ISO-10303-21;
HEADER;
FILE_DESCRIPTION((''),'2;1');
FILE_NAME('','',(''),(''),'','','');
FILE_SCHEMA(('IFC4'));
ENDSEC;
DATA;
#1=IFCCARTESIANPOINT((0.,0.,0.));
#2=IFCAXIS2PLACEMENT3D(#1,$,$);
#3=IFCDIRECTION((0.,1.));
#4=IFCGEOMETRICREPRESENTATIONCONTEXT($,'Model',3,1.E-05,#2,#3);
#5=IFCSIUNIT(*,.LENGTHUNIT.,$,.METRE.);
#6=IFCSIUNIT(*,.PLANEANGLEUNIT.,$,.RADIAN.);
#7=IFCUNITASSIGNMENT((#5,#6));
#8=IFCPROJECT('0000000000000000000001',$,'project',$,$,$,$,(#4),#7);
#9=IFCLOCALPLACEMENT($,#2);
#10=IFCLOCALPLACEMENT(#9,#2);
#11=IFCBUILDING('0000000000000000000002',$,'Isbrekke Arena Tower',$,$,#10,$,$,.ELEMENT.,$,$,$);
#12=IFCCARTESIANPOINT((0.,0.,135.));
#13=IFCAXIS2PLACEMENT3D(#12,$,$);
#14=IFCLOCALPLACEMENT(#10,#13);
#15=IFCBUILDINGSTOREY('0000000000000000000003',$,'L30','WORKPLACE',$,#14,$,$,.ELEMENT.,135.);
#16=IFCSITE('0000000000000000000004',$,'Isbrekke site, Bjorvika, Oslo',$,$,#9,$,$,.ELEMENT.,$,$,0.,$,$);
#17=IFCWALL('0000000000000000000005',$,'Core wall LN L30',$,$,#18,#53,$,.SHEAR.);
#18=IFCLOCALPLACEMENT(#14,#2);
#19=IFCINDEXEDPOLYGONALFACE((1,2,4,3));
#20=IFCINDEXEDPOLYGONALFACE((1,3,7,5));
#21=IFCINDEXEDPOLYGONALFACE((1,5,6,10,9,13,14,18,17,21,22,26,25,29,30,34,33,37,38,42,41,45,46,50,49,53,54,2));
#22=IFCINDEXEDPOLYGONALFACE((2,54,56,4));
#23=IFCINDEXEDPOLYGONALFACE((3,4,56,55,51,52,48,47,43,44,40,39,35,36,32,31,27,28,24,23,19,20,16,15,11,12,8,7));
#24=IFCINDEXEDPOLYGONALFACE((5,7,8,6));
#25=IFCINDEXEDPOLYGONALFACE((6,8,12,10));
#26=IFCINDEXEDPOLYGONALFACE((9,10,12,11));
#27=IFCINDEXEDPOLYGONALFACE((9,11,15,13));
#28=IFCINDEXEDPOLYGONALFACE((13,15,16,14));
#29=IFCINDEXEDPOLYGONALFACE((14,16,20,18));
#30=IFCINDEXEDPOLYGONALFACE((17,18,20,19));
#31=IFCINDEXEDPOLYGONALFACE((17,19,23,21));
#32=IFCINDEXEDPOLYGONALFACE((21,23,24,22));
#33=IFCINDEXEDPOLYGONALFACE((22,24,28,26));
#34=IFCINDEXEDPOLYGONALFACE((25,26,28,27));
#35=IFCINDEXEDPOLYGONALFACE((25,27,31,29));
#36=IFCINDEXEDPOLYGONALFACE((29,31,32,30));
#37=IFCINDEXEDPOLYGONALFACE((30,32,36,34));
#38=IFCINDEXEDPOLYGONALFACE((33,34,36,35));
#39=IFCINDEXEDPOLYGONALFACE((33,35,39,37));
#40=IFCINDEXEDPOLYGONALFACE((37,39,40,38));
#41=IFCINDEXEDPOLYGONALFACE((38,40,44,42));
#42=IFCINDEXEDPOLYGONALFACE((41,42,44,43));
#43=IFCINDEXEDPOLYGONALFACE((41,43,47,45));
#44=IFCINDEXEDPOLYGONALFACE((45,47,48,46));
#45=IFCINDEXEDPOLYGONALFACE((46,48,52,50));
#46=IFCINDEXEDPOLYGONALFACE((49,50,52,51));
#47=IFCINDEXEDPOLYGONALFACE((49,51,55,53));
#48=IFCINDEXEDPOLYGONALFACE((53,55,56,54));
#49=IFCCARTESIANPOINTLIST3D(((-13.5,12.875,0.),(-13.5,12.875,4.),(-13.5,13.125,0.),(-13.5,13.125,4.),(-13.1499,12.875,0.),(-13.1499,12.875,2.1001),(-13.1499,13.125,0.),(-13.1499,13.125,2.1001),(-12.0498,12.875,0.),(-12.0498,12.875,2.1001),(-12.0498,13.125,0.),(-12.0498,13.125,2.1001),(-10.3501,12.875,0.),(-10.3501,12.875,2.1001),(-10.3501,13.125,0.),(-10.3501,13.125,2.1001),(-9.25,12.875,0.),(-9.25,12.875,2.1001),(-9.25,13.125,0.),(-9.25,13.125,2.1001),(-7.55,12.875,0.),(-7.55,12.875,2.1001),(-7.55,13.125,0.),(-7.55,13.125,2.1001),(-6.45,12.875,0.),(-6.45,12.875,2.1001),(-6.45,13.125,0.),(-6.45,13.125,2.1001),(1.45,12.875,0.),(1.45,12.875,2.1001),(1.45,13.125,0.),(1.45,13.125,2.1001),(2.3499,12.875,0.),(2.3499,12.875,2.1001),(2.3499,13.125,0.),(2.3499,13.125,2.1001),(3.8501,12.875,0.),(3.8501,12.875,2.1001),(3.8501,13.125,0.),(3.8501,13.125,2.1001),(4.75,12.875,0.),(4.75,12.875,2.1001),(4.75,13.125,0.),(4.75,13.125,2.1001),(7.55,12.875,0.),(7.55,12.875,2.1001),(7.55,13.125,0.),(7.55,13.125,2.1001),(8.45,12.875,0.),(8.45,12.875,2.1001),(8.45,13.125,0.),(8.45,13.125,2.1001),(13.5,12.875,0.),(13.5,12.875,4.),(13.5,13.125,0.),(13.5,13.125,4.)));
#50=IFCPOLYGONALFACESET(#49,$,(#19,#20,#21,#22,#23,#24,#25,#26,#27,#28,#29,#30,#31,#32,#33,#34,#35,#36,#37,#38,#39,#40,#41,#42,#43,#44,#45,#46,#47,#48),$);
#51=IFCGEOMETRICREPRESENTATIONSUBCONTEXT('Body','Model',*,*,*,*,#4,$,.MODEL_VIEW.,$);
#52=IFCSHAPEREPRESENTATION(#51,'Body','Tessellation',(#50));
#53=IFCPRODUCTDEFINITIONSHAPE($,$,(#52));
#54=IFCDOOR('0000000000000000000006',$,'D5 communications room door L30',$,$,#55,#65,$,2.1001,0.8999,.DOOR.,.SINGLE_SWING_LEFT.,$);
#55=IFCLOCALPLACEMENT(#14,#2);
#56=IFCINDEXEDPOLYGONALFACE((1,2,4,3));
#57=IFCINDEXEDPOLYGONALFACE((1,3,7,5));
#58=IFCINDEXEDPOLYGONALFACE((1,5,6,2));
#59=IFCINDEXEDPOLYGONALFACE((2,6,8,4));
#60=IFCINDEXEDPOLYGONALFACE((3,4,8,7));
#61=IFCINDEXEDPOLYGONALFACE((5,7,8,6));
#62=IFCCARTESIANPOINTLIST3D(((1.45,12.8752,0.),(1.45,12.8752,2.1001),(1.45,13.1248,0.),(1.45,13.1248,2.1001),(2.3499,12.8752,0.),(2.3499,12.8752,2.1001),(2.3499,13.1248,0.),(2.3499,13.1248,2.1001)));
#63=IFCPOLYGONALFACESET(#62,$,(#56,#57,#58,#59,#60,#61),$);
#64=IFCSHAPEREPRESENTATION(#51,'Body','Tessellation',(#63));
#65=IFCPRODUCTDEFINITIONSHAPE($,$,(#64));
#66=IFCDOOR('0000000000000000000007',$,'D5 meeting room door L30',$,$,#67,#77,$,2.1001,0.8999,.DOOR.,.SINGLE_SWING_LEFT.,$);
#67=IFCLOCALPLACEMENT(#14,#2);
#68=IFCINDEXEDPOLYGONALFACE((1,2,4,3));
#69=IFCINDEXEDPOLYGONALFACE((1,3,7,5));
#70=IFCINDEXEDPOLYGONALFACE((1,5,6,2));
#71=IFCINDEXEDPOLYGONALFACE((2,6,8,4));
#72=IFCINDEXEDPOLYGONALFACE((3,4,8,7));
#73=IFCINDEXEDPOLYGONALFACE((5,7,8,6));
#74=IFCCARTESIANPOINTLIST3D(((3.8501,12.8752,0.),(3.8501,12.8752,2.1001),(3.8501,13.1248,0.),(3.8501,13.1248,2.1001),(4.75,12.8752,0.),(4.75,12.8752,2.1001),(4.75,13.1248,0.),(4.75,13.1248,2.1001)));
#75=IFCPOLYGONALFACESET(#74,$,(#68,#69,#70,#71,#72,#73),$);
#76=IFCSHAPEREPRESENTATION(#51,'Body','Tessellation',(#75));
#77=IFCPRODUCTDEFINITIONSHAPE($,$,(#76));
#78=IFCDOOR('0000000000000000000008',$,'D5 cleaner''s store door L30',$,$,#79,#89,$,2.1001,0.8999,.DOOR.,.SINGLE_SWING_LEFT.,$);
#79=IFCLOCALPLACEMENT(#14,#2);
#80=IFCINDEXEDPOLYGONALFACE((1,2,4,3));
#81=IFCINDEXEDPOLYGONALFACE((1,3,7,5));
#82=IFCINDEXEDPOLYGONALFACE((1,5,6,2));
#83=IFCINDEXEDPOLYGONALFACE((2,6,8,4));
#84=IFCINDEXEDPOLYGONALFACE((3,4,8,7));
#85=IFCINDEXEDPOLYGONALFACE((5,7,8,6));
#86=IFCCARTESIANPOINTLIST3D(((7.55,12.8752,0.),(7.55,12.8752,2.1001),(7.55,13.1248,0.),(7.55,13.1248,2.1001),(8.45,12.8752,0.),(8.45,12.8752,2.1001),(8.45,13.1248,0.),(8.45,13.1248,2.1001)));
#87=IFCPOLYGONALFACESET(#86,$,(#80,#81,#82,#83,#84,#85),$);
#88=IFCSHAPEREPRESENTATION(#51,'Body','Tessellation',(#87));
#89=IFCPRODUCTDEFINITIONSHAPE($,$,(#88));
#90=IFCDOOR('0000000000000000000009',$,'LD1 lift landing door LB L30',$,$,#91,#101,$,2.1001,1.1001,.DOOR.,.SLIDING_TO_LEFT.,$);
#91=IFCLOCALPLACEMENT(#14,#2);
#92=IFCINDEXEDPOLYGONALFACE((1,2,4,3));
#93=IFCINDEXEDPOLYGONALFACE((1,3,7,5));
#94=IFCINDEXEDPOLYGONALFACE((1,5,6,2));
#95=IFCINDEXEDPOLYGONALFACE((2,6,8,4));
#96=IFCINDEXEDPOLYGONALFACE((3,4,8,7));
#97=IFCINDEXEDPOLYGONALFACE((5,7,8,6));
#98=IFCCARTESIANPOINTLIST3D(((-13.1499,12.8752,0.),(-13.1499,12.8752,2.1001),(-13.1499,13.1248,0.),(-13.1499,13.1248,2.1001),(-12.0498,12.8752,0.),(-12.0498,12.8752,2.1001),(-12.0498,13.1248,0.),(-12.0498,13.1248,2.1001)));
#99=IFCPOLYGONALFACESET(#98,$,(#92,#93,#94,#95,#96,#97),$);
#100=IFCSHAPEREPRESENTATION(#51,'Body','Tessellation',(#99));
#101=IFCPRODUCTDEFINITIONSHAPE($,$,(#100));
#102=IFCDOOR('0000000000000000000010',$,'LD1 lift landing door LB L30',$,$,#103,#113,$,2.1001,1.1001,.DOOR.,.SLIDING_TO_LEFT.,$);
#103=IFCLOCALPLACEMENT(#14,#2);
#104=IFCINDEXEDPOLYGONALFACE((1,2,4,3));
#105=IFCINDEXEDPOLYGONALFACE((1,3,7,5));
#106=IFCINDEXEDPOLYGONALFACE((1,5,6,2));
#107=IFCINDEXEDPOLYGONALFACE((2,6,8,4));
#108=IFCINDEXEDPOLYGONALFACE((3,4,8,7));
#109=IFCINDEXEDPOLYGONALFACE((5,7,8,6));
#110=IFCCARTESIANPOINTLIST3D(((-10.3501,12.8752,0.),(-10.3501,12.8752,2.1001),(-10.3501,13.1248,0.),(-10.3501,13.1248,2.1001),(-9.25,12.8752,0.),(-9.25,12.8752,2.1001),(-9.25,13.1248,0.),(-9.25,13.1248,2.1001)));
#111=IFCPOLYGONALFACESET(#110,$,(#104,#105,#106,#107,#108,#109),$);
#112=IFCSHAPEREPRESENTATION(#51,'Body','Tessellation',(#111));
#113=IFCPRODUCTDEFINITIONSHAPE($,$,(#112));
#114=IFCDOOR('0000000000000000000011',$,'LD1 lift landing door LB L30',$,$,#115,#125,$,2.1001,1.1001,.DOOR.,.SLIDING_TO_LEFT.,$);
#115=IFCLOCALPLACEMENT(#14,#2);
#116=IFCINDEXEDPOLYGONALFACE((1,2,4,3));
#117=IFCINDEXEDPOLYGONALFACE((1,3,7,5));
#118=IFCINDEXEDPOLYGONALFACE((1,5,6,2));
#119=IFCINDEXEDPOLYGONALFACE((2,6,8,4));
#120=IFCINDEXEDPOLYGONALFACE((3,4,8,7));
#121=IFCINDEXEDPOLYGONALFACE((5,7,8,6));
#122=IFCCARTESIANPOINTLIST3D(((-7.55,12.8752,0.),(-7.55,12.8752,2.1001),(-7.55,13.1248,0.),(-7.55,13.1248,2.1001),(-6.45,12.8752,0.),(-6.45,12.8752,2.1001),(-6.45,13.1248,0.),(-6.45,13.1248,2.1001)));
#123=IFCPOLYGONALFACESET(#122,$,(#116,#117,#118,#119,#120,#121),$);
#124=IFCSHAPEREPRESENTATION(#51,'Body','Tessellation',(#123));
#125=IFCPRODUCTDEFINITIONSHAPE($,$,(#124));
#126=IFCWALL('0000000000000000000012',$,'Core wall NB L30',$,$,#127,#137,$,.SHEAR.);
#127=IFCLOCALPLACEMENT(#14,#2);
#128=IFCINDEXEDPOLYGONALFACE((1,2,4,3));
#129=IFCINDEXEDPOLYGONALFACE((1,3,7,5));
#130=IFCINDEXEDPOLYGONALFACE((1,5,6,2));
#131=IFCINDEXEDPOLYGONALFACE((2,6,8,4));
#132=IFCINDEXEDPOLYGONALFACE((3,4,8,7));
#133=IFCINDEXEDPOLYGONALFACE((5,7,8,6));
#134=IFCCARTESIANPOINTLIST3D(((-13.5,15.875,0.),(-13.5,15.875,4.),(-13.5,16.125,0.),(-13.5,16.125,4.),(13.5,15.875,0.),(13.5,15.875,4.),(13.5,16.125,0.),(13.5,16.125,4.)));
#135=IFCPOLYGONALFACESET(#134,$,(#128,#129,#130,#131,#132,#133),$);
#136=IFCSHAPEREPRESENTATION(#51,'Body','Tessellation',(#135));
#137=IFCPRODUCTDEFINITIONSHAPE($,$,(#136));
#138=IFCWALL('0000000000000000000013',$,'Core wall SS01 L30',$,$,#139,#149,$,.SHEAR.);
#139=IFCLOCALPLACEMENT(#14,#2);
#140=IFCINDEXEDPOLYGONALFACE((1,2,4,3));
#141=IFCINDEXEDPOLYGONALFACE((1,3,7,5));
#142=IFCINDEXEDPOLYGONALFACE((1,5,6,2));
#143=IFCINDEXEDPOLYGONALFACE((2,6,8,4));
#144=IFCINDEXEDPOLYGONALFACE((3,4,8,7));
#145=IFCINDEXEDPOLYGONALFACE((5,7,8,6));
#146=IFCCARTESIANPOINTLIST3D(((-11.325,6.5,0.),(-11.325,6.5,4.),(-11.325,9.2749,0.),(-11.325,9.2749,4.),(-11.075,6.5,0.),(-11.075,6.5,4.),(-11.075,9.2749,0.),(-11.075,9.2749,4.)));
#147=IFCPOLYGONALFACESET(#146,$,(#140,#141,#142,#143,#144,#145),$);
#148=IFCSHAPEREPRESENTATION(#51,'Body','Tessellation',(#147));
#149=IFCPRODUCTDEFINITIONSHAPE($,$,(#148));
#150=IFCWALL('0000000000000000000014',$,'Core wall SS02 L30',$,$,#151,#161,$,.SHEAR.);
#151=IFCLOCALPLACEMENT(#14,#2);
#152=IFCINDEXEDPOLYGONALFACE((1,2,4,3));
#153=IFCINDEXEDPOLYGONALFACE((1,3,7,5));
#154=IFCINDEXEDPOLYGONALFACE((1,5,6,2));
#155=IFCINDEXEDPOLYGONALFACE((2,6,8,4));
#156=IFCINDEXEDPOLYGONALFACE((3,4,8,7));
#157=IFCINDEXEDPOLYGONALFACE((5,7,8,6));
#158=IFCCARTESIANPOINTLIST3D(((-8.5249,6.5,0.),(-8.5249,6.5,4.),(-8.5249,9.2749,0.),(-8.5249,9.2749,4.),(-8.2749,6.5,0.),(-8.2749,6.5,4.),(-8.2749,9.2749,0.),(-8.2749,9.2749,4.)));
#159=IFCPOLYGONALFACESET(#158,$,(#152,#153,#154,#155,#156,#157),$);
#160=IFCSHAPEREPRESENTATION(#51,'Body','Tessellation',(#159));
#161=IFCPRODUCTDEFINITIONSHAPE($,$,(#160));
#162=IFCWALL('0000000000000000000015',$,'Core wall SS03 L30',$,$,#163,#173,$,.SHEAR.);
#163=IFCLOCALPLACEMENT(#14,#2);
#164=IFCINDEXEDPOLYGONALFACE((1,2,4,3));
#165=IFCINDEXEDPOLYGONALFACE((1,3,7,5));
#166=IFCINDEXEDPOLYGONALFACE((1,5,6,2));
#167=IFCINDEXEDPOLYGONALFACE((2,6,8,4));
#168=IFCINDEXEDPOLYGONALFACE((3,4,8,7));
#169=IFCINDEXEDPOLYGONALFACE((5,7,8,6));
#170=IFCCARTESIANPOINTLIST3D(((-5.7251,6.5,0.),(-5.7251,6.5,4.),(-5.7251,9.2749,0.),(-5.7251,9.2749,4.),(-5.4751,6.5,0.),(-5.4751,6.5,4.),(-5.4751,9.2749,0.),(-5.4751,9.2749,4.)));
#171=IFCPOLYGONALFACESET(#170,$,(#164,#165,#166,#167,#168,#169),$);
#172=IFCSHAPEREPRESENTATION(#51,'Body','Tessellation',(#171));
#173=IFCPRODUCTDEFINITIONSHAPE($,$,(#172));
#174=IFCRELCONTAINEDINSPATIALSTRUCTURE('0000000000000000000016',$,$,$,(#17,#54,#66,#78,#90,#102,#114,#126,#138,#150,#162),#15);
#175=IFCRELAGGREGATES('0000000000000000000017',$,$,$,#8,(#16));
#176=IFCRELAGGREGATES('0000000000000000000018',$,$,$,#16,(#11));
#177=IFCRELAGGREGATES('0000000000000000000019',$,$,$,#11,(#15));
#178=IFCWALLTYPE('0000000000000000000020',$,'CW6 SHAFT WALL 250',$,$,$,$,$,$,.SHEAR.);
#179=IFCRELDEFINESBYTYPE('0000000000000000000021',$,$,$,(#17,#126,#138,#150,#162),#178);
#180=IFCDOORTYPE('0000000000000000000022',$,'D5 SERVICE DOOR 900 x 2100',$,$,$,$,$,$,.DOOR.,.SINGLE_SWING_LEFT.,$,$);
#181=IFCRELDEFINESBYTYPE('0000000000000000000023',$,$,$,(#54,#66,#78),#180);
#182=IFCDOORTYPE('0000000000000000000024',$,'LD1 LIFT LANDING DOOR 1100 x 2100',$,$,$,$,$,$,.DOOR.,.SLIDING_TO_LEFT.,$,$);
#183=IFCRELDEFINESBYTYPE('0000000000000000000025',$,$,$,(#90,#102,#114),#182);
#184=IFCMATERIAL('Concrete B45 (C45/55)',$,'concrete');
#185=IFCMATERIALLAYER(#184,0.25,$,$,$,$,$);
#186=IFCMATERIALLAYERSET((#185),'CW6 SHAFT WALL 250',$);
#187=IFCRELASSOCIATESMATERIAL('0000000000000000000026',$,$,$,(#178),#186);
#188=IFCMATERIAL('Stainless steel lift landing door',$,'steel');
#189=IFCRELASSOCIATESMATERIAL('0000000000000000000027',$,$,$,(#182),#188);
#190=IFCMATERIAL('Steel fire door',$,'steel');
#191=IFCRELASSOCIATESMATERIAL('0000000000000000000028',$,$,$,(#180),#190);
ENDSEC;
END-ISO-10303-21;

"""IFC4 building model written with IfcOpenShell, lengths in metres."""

from ifc_helpers import new_model, si_unit, direction, frame, frame_2d, origin, place, context, subcontext, project, spatial, rectangle, extrude, material, layer, layer_set, type_object, element, fill, save


model = new_model("IFC4")

# Units and contexts
model_context = context("Model", 3, precision=1e-05, world=origin(), true_north=direction((0.0, 1.0)))
body_context = subcontext(model_context, "Body", "Model", "MODEL_VIEW")
ifc_project = project(units=[si_unit("LENGTHUNIT", "METRE"), si_unit("PLANEANGLEUNIT", "RADIAN")], contexts=[model_context])

# Site, building, storey
site_placement = place(None, origin())
site = spatial("IfcSite", under=ifc_project, at=site_placement, Name="Isbrekke site, Bjorvika, Oslo", CompositionType="ELEMENT", RefElevation=0.0)
building_placement = place(site_placement, origin())
building = spatial("IfcBuilding", under=site, at=building_placement, Name="Isbrekke Arena Tower", CompositionType="ELEMENT")
storey_placement = place(building_placement, frame((0.0, 0.0, 135.0)))
storey = spatial("IfcBuildingStorey", under=building, at=storey_placement, Name="L30", Description="WORKPLACE", CompositionType="ELEMENT", Elevation=135.0)

# Wall, openings, doors
ifc_material_1 = material(Name="Concrete B45 (C45/55)", Category="concrete")
ifc_layer_1 = layer(ifc_material_1, 0.25)
ifc_layer_set_1 = layer_set([ifc_layer_1], Name="CW6 SHAFT WALL 250")
wall_type_1 = type_object("IfcWallType", Name="CW6 SHAFT WALL 250", PredefinedType="SHEAR", material=ifc_layer_set_1)
ifc_material_2 = material(Name="Stainless steel lift landing door", Category="steel")
door_type_1 = type_object("IfcDoorType", Name="LD1 LIFT LANDING DOOR 1100 x 2100", OperationType="SLIDING_TO_LEFT", PredefinedType="DOOR", material=ifc_material_2)
wall_1_placement = place(storey_placement, frame((-13.5, 13.0, 0.0), z_axis=(0.0, 0.0, 1.0), x_axis=(1.0, 0.0, 0.0)))
wall_1 = element("IfcWall", 1, at=wall_1_placement, inside=storey, type_object=wall_type_1, Name="Core wall LN L30", PredefinedType="SHEAR", context=body_context, shape_type="SweptSolid", body=[
    extrude(rectangle(XDim=27.0, YDim=0.25, at=frame_2d((13.5, 0.0))), origin(), (0.0, 0.0, 1.0), 4.0),
])
opening_1_placement = place(wall_1_placement, frame((0.3501, 0.0, 0.0)))
opening_1 = element("IfcOpeningElement", 2, at=opening_1_placement, cuts=wall_1, PredefinedType="OPENING", context=body_context, shape_type="SweptSolid", body=[
    extrude(rectangle(XDim=1.1001, YDim=2.1001, at=frame_2d((0.55, 1.05))), frame((0.0, 0.1399, 0.0), z_axis=(0.0, -1.0, 0.0), x_axis=(1.0, 0.0, 0.0)), (0.0, 0.0, 1.0), 0.2798),
])
opening_2_placement = place(wall_1_placement, frame((3.1499, 0.0, 0.0)))
opening_2 = element("IfcOpeningElement", 3, at=opening_2_placement, cuts=wall_1, PredefinedType="OPENING", context=body_context, shape_type="SweptSolid", body=[
    extrude(rectangle(XDim=1.1001, YDim=2.1001, at=frame_2d((0.55, 1.05))), frame((0.0, 0.1399, 0.0), z_axis=(0.0, -1.0, 0.0), x_axis=(1.0, 0.0, 0.0)), (0.0, 0.0, 1.0), 0.2798),
])
opening_3_placement = place(wall_1_placement, frame((5.95, 0.0, 0.0)))
opening_3 = element("IfcOpeningElement", 4, at=opening_3_placement, cuts=wall_1, PredefinedType="OPENING", context=body_context, shape_type="SweptSolid", body=[
    extrude(rectangle(XDim=1.1001, YDim=2.1001, at=frame_2d((0.55, 1.05))), frame((0.0, 0.1399, 0.0), z_axis=(0.0, -1.0, 0.0), x_axis=(1.0, 0.0, 0.0)), (0.0, 0.0, 1.0), 0.2798),
])
opening_4_placement = place(wall_1_placement, frame((14.95, 0.0, 0.0)))
opening_4 = element("IfcOpeningElement", 5, at=opening_4_placement, cuts=wall_1, PredefinedType="OPENING", context=body_context, shape_type="SweptSolid", body=[
    extrude(rectangle(XDim=0.8999, YDim=2.1001, at=frame_2d((0.45, 1.05))), frame((0.0, 0.1399, 0.0), z_axis=(0.0, -1.0, 0.0), x_axis=(1.0, 0.0, 0.0)), (0.0, 0.0, 1.0), 0.2798),
])
opening_5_placement = place(wall_1_placement, frame((17.3501, 0.0, 0.0)))
opening_5 = element("IfcOpeningElement", 6, at=opening_5_placement, cuts=wall_1, PredefinedType="OPENING", context=body_context, shape_type="SweptSolid", body=[
    extrude(rectangle(XDim=0.8999, YDim=2.1001, at=frame_2d((0.45, 1.05))), frame((0.0, 0.1399, 0.0), z_axis=(0.0, -1.0, 0.0), x_axis=(1.0, 0.0, 0.0)), (0.0, 0.0, 1.0), 0.2798),
])
opening_6_placement = place(wall_1_placement, frame((21.05, 0.0, 0.0)))
opening_6 = element("IfcOpeningElement", 7, at=opening_6_placement, cuts=wall_1, PredefinedType="OPENING", context=body_context, shape_type="SweptSolid", body=[
    extrude(rectangle(XDim=0.8999, YDim=2.1001, at=frame_2d((0.45, 1.05))), frame((0.0, 0.1399, 0.0), z_axis=(0.0, -1.0, 0.0), x_axis=(1.0, 0.0, 0.0)), (0.0, 0.0, 1.0), 0.2798),
])
ifc_material_3 = material(Name="Steel fire door", Category="steel")
door_type_2 = type_object("IfcDoorType", Name="D5 SERVICE DOOR 900 x 2100", OperationType="SINGLE_SWING_LEFT", PredefinedType="DOOR", material=ifc_material_3)
door_1_placement = place(opening_4_placement, origin())
door_1 = element("IfcDoor", 8, at=door_1_placement, inside=storey, type_object=door_type_2, Name="D5 communications room door L30", OperationType="SINGLE_SWING_LEFT", OverallHeight=2.1001, OverallWidth=0.8999, PredefinedType="DOOR", context=body_context, shape_type="SweptSolid", body=[
    extrude(rectangle(XDim=0.8999, YDim=2.1001, at=frame_2d((0.45, 1.05))), frame((0.0, 0.1248, 0.0), z_axis=(0.0, -1.0, 0.0), x_axis=(1.0, 0.0, 0.0)), (0.0, 0.0, 1.0), 0.2495),
])
fill(opening_4, door_1)
door_2_placement = place(opening_5_placement, origin())
door_2 = element("IfcDoor", 9, at=door_2_placement, inside=storey, type_object=door_type_2, Name="D5 meeting room door L30", OperationType="SINGLE_SWING_LEFT", OverallHeight=2.1001, OverallWidth=0.8999, PredefinedType="DOOR", context=body_context, shape_type="SweptSolid", body=[
    extrude(rectangle(XDim=0.8999, YDim=2.1001, at=frame_2d((0.45, 1.05))), frame((0.0, 0.1248, 0.0), z_axis=(0.0, -1.0, 0.0), x_axis=(1.0, 0.0, 0.0)), (0.0, 0.0, 1.0), 0.2495),
])
fill(opening_5, door_2)
door_3_placement = place(opening_6_placement, origin())
door_3 = element("IfcDoor", 10, at=door_3_placement, inside=storey, type_object=door_type_2, Name="D5 cleaner's store door L30", OperationType="SINGLE_SWING_LEFT", OverallHeight=2.1001, OverallWidth=0.8999, PredefinedType="DOOR", context=body_context, shape_type="SweptSolid", body=[
    extrude(rectangle(XDim=0.8999, YDim=2.1001, at=frame_2d((0.45, 1.05))), frame((0.0, 0.1248, 0.0), z_axis=(0.0, -1.0, 0.0), x_axis=(1.0, 0.0, 0.0)), (0.0, 0.0, 1.0), 0.2495),
])
fill(opening_6, door_3)
door_4_placement = place(opening_1_placement, origin())
door_4 = element("IfcDoor", 11, at=door_4_placement, inside=storey, type_object=door_type_1, Name="LD1 lift landing door LB L30", OperationType="SLIDING_TO_LEFT", OverallHeight=2.1001, OverallWidth=1.1001, PredefinedType="DOOR", context=body_context, shape_type="SweptSolid", body=[
    extrude(rectangle(XDim=1.1001, YDim=2.1001, at=frame_2d((0.55, 1.05))), frame((0.0, 0.1248, 0.0), z_axis=(0.0, -1.0, 0.0), x_axis=(1.0, 0.0, 0.0)), (0.0, 0.0, 1.0), 0.2495),
])
fill(opening_1, door_4)
door_5_placement = place(opening_2_placement, origin())
door_5 = element("IfcDoor", 12, at=door_5_placement, inside=storey, type_object=door_type_1, Name="LD1 lift landing door LB L30", OperationType="SLIDING_TO_LEFT", OverallHeight=2.1001, OverallWidth=1.1001, PredefinedType="DOOR", context=body_context, shape_type="SweptSolid", body=[
    extrude(rectangle(XDim=1.1001, YDim=2.1001, at=frame_2d((0.55, 1.05))), frame((0.0, 0.1248, 0.0), z_axis=(0.0, -1.0, 0.0), x_axis=(1.0, 0.0, 0.0)), (0.0, 0.0, 1.0), 0.2495),
])
fill(opening_2, door_5)
door_6_placement = place(opening_3_placement, origin())
door_6 = element("IfcDoor", 13, at=door_6_placement, inside=storey, type_object=door_type_1, Name="LD1 lift landing door LB L30", OperationType="SLIDING_TO_LEFT", OverallHeight=2.1001, OverallWidth=1.1001, PredefinedType="DOOR", context=body_context, shape_type="SweptSolid", body=[
    extrude(rectangle(XDim=1.1001, YDim=2.1001, at=frame_2d((0.55, 1.05))), frame((0.0, 0.1248, 0.0), z_axis=(0.0, -1.0, 0.0), x_axis=(1.0, 0.0, 0.0)), (0.0, 0.0, 1.0), 0.2495),
])
fill(opening_3, door_6)

# Walls
wall_2_placement = place(storey_placement, frame((-13.5, 16.0, 0.0), z_axis=(0.0, 0.0, 1.0), x_axis=(1.0, 0.0, 0.0)))
element("IfcWall", 14, at=wall_2_placement, inside=storey, type_object=wall_type_1, Name="Core wall NB L30", PredefinedType="SHEAR", context=body_context, shape_type="SweptSolid", body=[
    extrude(rectangle(XDim=27.0, YDim=0.25, at=frame_2d((13.5, 0.0))), origin(), (0.0, 0.0, 1.0), 4.0),
])
for number, where, z_axis, x_axis, name in (
    (15, (-11.2, 6.5, 0.0), (0.0, 0.0, 1.0), (0.0, 1.0, 0.0), "Core wall SS01 L30"),
    (16, (-8.3999, 6.5, 0.0), (0.0, 0.0, 1.0), (0.0, 1.0, 0.0), "Core wall SS02 L30"),
    (17, (-5.6001, 6.5, 0.0), (0.0, 0.0, 1.0), (0.0, 1.0, 0.0), "Core wall SS03 L30"),
):
    element("IfcWall", number, at=place(storey_placement, frame(where, z_axis=z_axis, x_axis=x_axis)), inside=storey, type_object=wall_type_1, Name=name, PredefinedType="SHEAR", context=body_context, shape_type="SweptSolid", body=[
        extrude(rectangle(XDim=2.7749, YDim=0.25, at=frame_2d((1.3875, 0.0))), origin(), (0.0, 0.0, 1.0), 4.0),
    ])

save(model, "model.ifc")
